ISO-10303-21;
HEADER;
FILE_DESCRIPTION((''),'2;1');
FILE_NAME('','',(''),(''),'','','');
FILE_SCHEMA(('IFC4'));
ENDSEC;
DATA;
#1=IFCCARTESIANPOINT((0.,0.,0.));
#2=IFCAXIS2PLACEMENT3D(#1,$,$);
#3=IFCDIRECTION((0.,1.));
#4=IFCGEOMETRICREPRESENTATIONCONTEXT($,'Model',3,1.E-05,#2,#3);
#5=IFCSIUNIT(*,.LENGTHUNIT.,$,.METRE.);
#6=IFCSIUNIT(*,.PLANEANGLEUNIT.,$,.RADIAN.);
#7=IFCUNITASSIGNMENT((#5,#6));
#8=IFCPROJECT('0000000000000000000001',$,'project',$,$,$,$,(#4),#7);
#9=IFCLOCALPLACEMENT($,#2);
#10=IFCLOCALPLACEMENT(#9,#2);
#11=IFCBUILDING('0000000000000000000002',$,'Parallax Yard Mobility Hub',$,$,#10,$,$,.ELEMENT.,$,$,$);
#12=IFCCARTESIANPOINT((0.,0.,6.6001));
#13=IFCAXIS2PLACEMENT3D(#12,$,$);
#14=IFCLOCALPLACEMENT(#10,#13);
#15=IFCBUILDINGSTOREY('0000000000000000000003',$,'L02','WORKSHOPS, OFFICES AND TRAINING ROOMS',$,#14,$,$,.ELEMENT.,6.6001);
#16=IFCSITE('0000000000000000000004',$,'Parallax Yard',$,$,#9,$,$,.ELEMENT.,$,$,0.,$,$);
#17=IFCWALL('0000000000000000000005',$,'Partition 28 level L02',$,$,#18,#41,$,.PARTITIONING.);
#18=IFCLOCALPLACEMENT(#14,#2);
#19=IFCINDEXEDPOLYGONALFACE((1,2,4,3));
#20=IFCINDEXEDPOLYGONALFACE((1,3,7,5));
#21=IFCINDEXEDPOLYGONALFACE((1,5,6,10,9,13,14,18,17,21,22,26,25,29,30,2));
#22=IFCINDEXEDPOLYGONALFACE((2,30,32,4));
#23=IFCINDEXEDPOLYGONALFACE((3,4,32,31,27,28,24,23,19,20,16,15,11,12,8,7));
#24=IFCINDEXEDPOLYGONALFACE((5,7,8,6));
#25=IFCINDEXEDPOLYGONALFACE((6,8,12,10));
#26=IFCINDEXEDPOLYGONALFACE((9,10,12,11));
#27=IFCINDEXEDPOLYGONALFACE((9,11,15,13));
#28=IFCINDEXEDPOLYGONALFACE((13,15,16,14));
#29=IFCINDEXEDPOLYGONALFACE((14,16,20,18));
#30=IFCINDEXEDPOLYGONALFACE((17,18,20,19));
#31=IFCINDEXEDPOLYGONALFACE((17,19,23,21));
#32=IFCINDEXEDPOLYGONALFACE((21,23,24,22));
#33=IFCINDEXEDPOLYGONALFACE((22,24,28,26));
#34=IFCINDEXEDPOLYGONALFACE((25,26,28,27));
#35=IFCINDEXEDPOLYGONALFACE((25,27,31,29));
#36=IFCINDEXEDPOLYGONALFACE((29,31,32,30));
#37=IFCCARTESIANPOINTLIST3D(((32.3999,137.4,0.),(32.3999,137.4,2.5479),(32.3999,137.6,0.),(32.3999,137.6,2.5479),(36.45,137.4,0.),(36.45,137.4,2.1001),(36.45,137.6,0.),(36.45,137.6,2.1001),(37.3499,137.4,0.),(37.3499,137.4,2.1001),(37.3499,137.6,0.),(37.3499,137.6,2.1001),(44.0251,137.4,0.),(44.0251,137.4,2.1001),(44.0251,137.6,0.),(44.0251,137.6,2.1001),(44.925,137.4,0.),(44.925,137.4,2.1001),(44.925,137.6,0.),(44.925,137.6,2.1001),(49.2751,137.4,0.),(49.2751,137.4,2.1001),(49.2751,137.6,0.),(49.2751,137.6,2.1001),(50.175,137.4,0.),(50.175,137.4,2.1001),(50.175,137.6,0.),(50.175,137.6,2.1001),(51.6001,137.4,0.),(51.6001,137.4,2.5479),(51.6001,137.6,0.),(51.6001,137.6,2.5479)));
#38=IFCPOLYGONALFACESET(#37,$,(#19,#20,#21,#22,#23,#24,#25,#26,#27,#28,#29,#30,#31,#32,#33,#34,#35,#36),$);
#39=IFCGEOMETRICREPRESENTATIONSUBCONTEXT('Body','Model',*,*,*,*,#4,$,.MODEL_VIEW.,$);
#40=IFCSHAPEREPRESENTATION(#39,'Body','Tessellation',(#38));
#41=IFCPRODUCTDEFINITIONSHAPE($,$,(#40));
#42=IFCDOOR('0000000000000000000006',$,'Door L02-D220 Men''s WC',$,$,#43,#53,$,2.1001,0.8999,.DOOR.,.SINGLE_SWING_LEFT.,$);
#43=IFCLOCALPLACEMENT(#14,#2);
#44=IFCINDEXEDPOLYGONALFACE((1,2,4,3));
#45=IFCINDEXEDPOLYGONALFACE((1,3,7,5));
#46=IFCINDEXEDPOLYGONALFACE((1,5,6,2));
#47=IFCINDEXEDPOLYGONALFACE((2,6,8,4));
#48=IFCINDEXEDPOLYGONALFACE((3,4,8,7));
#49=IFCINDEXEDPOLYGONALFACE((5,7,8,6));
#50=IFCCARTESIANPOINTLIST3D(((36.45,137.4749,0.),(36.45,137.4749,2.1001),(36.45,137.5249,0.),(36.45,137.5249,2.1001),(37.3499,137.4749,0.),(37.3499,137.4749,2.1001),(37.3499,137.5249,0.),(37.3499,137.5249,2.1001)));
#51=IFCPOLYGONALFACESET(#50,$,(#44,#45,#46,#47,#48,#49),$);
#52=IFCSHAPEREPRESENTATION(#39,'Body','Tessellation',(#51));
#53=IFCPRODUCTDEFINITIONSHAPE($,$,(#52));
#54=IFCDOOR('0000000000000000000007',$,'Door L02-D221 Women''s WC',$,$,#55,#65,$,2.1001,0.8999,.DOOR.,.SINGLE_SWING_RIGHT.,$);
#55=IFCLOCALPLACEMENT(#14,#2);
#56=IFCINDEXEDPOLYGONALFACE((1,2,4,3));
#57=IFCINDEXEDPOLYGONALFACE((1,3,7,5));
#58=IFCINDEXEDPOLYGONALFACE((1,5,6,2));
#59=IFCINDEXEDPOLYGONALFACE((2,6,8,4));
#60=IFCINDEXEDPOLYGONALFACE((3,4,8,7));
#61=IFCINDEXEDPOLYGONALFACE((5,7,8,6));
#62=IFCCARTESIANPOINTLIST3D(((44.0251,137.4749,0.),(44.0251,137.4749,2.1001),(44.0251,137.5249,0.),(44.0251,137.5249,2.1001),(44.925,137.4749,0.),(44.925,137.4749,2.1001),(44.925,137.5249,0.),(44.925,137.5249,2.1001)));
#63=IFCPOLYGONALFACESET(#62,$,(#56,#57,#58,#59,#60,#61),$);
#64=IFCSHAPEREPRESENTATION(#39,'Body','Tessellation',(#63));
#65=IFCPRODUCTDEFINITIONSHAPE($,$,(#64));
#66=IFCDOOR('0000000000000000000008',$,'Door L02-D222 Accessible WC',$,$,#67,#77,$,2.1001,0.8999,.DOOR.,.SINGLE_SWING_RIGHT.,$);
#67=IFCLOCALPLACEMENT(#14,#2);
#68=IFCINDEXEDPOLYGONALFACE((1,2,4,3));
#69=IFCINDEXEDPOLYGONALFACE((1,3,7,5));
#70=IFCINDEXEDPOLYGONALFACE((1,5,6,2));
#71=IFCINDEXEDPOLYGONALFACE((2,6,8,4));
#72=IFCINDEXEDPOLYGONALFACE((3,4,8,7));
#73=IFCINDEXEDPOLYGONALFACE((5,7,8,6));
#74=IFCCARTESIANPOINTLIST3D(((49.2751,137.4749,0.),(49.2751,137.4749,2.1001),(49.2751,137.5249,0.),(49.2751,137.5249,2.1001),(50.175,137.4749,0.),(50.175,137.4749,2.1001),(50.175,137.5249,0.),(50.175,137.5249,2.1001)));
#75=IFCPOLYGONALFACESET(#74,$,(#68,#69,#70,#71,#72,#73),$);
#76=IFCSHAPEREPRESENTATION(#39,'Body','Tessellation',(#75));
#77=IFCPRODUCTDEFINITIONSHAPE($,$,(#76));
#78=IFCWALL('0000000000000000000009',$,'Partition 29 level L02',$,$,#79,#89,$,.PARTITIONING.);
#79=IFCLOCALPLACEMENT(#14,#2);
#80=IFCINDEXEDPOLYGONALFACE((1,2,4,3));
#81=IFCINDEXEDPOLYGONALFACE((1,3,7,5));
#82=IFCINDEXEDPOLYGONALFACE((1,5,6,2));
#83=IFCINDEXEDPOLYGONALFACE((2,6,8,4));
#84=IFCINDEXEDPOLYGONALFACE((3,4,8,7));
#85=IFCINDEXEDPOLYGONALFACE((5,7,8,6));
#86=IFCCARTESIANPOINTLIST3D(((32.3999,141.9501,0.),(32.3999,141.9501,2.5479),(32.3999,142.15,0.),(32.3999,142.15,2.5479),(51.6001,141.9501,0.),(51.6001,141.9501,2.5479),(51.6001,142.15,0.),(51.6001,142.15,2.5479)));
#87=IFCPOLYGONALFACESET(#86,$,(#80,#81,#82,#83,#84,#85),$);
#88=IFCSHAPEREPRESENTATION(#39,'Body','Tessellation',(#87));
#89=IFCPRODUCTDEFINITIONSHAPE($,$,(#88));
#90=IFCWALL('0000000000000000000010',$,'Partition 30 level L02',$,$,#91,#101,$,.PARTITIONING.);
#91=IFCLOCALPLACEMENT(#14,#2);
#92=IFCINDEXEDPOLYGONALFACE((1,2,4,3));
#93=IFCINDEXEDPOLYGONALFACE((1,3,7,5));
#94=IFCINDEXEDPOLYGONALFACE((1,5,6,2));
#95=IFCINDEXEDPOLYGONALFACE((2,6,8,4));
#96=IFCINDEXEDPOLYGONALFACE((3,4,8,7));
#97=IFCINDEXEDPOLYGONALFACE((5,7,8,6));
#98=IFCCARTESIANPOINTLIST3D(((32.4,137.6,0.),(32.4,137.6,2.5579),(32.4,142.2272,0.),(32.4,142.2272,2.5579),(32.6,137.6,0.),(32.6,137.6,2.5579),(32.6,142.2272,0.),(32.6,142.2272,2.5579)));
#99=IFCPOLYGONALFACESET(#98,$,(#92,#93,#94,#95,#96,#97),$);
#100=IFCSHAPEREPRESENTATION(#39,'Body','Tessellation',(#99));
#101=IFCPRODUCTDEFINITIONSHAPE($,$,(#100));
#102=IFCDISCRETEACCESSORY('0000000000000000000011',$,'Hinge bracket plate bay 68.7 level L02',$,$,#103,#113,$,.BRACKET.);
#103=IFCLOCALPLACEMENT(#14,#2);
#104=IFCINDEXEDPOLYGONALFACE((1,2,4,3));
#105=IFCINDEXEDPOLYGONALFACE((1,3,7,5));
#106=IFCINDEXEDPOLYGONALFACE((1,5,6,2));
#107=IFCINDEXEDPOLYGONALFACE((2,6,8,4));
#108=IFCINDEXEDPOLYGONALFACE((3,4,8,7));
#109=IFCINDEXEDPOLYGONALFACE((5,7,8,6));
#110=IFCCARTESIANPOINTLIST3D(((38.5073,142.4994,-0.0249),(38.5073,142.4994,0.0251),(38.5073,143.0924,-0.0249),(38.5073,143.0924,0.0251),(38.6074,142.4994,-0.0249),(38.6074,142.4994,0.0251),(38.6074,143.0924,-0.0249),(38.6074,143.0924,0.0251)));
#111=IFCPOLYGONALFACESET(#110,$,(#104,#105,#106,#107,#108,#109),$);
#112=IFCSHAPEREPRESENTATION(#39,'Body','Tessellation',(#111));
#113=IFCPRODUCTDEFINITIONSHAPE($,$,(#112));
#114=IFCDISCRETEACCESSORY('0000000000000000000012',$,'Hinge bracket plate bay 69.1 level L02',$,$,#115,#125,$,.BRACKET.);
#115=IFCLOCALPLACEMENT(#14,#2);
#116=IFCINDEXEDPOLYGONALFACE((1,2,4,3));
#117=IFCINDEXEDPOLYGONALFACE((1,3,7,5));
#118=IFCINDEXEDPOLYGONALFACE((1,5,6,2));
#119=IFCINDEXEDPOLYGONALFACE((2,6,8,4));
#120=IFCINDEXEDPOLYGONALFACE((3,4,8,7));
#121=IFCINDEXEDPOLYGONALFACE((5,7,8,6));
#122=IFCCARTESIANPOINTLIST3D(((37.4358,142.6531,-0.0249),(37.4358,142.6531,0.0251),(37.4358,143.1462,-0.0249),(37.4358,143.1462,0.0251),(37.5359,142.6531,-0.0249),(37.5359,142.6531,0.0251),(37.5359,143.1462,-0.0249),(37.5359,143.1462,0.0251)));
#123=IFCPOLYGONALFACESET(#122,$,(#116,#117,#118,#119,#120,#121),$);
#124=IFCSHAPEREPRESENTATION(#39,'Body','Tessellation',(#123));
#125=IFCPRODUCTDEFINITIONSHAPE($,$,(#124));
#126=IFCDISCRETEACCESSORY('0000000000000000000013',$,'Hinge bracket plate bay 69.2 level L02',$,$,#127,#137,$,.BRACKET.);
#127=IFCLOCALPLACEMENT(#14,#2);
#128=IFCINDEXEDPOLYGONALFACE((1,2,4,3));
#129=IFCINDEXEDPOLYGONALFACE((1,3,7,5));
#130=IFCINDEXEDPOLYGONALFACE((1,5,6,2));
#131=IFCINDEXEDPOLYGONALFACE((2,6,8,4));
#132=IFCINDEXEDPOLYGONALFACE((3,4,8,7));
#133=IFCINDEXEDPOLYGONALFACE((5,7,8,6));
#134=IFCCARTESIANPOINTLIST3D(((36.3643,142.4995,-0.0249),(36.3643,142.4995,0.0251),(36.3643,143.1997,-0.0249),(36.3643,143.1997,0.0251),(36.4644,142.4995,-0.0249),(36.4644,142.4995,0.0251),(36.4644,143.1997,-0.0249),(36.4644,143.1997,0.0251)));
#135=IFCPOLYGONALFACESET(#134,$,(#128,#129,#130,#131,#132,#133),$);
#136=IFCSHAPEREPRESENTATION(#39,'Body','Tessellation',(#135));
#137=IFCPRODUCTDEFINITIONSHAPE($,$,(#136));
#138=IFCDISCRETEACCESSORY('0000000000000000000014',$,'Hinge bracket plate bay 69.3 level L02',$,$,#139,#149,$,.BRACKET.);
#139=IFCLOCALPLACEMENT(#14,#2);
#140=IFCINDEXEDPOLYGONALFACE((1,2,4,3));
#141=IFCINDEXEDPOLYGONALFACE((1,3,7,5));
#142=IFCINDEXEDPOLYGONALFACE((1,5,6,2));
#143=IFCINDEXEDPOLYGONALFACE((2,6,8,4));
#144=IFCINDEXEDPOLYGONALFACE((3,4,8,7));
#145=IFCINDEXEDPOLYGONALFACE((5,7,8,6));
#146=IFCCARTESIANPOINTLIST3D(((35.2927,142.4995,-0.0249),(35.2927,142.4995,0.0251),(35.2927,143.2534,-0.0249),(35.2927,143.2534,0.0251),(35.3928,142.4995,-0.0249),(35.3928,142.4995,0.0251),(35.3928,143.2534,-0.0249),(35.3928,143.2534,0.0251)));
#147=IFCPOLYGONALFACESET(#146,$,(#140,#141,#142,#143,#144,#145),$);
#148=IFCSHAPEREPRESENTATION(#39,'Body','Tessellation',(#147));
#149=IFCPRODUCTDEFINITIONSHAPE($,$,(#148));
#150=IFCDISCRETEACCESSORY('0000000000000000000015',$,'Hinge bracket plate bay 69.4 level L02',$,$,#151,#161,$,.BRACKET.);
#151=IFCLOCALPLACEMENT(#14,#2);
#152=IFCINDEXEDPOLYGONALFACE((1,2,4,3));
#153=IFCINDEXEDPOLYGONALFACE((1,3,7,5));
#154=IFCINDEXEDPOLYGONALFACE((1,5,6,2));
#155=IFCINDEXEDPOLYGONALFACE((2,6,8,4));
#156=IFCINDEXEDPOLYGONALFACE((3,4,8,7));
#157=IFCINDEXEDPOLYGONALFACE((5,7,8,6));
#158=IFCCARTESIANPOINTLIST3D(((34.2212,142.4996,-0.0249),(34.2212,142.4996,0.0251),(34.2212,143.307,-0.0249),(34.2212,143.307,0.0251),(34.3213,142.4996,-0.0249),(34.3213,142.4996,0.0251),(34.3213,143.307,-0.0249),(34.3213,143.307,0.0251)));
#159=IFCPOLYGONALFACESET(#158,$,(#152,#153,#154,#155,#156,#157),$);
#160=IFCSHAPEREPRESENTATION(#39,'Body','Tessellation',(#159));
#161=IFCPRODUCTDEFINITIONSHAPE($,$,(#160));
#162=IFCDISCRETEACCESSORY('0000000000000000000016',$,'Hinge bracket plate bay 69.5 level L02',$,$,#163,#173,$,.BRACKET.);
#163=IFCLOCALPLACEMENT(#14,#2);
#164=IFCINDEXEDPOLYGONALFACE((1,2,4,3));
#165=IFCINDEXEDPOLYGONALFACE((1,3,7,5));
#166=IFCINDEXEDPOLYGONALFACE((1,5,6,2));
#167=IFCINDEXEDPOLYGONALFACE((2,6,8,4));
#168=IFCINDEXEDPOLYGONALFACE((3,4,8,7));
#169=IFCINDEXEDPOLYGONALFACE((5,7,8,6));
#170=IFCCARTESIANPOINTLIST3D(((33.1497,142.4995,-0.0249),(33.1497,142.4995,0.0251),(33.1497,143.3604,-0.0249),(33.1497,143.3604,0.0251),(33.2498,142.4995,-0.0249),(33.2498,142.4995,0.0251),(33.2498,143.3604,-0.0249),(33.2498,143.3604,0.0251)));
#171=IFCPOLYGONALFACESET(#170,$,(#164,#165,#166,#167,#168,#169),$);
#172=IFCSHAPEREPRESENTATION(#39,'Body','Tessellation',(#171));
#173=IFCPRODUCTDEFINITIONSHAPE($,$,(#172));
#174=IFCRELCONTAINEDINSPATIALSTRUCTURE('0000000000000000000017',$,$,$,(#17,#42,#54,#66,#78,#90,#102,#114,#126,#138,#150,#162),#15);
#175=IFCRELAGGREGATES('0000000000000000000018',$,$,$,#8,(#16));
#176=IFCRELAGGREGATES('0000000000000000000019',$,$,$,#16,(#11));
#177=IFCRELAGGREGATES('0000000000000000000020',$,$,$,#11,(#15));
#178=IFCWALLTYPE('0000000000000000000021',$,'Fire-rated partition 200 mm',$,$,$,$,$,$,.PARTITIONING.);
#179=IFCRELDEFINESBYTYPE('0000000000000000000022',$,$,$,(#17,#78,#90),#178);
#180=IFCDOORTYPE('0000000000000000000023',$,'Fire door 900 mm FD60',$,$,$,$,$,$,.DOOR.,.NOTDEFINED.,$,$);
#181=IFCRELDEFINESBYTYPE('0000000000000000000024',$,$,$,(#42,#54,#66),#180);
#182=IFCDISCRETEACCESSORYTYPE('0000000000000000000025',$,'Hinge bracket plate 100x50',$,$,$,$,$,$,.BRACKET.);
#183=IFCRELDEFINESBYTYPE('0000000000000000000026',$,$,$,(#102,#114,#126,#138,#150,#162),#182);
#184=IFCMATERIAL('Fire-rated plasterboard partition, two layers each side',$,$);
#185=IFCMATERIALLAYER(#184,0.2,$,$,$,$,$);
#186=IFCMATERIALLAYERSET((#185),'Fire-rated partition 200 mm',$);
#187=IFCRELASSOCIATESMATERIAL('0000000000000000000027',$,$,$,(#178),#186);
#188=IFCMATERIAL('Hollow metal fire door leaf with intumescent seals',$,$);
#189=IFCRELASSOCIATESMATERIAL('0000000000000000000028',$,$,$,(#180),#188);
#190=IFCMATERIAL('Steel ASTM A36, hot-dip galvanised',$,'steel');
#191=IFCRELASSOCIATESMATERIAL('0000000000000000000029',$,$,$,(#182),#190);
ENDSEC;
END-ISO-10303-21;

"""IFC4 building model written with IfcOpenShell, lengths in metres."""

from ifc_helpers import new_model, si_unit, direction, frame, frame_2d, origin, origin_2d, place, context, subcontext, project, spatial, rectangle, extrude, material, layer, layer_set, type_object, element, fill, save


model = new_model("IFC4")

# Units and contexts
model_context = context("Model", 3, precision=1e-05, world=origin(), true_north=direction((0.0, 1.0)))
body_context = subcontext(model_context, "Body", "Model", "MODEL_VIEW")
ifc_project = project(units=[si_unit("LENGTHUNIT", "METRE"), si_unit("PLANEANGLEUNIT", "RADIAN")], contexts=[model_context])

# Site, building, storey
site_placement = place(None, origin())
site = spatial("IfcSite", under=ifc_project, at=site_placement, Name="Parallax Yard", CompositionType="ELEMENT", RefElevation=0.0)
building_placement = place(site_placement, origin())
building = spatial("IfcBuilding", under=site, at=building_placement, Name="Parallax Yard Mobility Hub", CompositionType="ELEMENT")
storey_placement = place(building_placement, frame((0.0, 0.0, 6.6001)))
storey = spatial("IfcBuildingStorey", under=building, at=storey_placement, Name="L02", Description="WORKSHOPS, OFFICES AND TRAINING ROOMS", CompositionType="ELEMENT", Elevation=6.6001)

# Wall, openings, doors
ifc_material_1 = material(Name="Fire-rated plasterboard partition, two layers each side")
ifc_layer_1 = layer(ifc_material_1, 0.2)
ifc_layer_set_1 = layer_set([ifc_layer_1], Name="Fire-rated partition 200 mm")
wall_type_1 = type_object("IfcWallType", Name="Fire-rated partition 200 mm", PredefinedType="PARTITIONING", material=ifc_layer_set_1)
wall_1_placement = place(storey_placement, frame((32.3999, 137.5, 0.0), z_axis=(0.0, 0.0, 1.0), x_axis=(1.0, 0.0, 0.0)))
wall_1 = element("IfcWall", 1, at=wall_1_placement, inside=storey, type_object=wall_type_1, Name="Partition 28 level L02", PredefinedType="PARTITIONING", context=body_context, shape_type="SweptSolid", body=[
    extrude(rectangle(XDim=19.2002, YDim=0.2, at=frame_2d((9.6001, 0.0))), origin(), (0.0, 0.0, 1.0), 2.5479),
])
opening_1_placement = place(wall_1_placement, frame((4.05, 0.0, 0.0)))
opening_1 = element("IfcOpeningElement", 2, at=opening_1_placement, cuts=wall_1, PredefinedType="OPENING", context=body_context, shape_type="SweptSolid", body=[
    extrude(rectangle(XDim=0.8999, YDim=2.1001, at=frame_2d((0.45, 1.05))), frame((0.0, 0.1099, 0.0), z_axis=(0.0, -1.0, 0.0), x_axis=(1.0, 0.0, 0.0)), (0.0, 0.0, 1.0), 0.22),
])
opening_2_placement = place(wall_1_placement, frame((11.6252, 0.0, 0.0)))
opening_2 = element("IfcOpeningElement", 3, at=opening_2_placement, cuts=wall_1, PredefinedType="OPENING", context=body_context, shape_type="SweptSolid", body=[
    extrude(rectangle(XDim=0.8999, YDim=2.1001, at=frame_2d((0.45, 1.05))), frame((0.0, 0.1099, 0.0), z_axis=(0.0, -1.0, 0.0), x_axis=(1.0, 0.0, 0.0)), (0.0, 0.0, 1.0), 0.22),
])
opening_3_placement = place(wall_1_placement, frame((16.8752, 0.0, 0.0)))
opening_3 = element("IfcOpeningElement", 4, at=opening_3_placement, cuts=wall_1, PredefinedType="OPENING", context=body_context, shape_type="SweptSolid", body=[
    extrude(rectangle(XDim=0.8999, YDim=2.1001, at=frame_2d((0.45, 1.05))), frame((0.0, 0.1099, 0.0), z_axis=(0.0, -1.0, 0.0), x_axis=(1.0, 0.0, 0.0)), (0.0, 0.0, 1.0), 0.22),
])
ifc_material_2 = material(Name="Hollow metal fire door leaf with intumescent seals")
door_type = type_object("IfcDoorType", Name="Fire door 900 mm FD60", OperationType="NOTDEFINED", PredefinedType="DOOR", material=ifc_material_2)
door_1_placement = place(opening_1_placement, origin())
door_1 = element("IfcDoor", 5, at=door_1_placement, inside=storey, type_object=door_type, Name="Door L02-D220 Men's WC", OperationType="SINGLE_SWING_LEFT", OverallHeight=2.1001, OverallWidth=0.8999, PredefinedType="DOOR", context=body_context, shape_type="SweptSolid", body=[
    extrude(rectangle(XDim=0.8999, YDim=2.1001, at=frame_2d((0.45, 1.05))), frame((0.0, 0.0249, 0.0), z_axis=(0.0, -1.0, 0.0), x_axis=(1.0, 0.0, 0.0)), (0.0, 0.0, 1.0), 0.05),
])
fill(opening_1, door_1)
door_2_placement = place(opening_2_placement, origin())
door_2 = element("IfcDoor", 6, at=door_2_placement, inside=storey, type_object=door_type, Name="Door L02-D221 Women's WC", OperationType="SINGLE_SWING_RIGHT", OverallHeight=2.1001, OverallWidth=0.8999, PredefinedType="DOOR", context=body_context, shape_type="SweptSolid", body=[
    extrude(rectangle(XDim=0.8999, YDim=2.1001, at=frame_2d((0.45, 1.05))), frame((0.0, 0.0249, 0.0), z_axis=(0.0, -1.0, 0.0), x_axis=(1.0, 0.0, 0.0)), (0.0, 0.0, 1.0), 0.05),
])
fill(opening_2, door_2)
door_3_placement = place(opening_3_placement, origin())
door_3 = element("IfcDoor", 7, at=door_3_placement, inside=storey, type_object=door_type, Name="Door L02-D222 Accessible WC", OperationType="SINGLE_SWING_RIGHT", OverallHeight=2.1001, OverallWidth=0.8999, PredefinedType="DOOR", context=body_context, shape_type="SweptSolid", body=[
    extrude(rectangle(XDim=0.8999, YDim=2.1001, at=frame_2d((0.45, 1.05))), frame((0.0, 0.0249, 0.0), z_axis=(0.0, -1.0, 0.0), x_axis=(1.0, 0.0, 0.0)), (0.0, 0.0, 1.0), 0.05),
])
fill(opening_3, door_3)

# Walls
wall_2_placement = place(storey_placement, frame((32.3999, 142.05, 0.0), z_axis=(0.0, 0.0, 1.0), x_axis=(1.0, 0.0, 0.0)))
element("IfcWall", 8, at=wall_2_placement, inside=storey, type_object=wall_type_1, Name="Partition 29 level L02", PredefinedType="PARTITIONING", context=body_context, shape_type="SweptSolid", body=[
    extrude(rectangle(XDim=19.2002, YDim=0.2, at=frame_2d((9.6001, 0.0))), origin(), (0.0, 0.0, 1.0), 2.5479),
])
wall_3_placement = place(storey_placement, frame((32.5, 137.6001, 0.0), z_axis=(0.0, 0.0, 1.0), x_axis=(0.0, 1.0, 0.0)))
element("IfcWall", 9, at=wall_3_placement, inside=storey, type_object=wall_type_1, Name="Partition 30 level L02", PredefinedType="PARTITIONING", context=body_context, shape_type="SweptSolid", body=[
    extrude(rectangle(XDim=4.6272, YDim=0.2, at=frame_2d((2.3135, 0.0))), origin(), (0.0, 0.0, 1.0), 2.5579),
])

# Discrete accessories
ifc_material_3 = material(Name="Steel ASTM A36, hot-dip galvanised", Category="steel")
discrete_accessory_type_1 = type_object("IfcDiscreteAccessoryType", Name="Hinge bracket plate 100x50", PredefinedType="BRACKET", material=ifc_material_3)
discrete_accessory_1_placement = place(storey_placement, frame((38.5574, 142.7959, -0.0249), z_axis=(0.0, 0.0, 1.0), x_axis=(0.0, 1.0, 0.0)))
element("IfcDiscreteAccessory", 10, at=discrete_accessory_1_placement, inside=storey, type_object=discrete_accessory_type_1, Name="Hinge bracket plate bay 68.7 level L02", PredefinedType="BRACKET", context=body_context, shape_type="SweptSolid", body=[
    extrude(rectangle(XDim=0.593, YDim=0.1001, at=origin_2d()), origin(), (0.0, 0.0, 1.0), 0.05),
])
discrete_accessory_2_placement = place(storey_placement, frame((37.4858, 142.8997, -0.0249), z_axis=(0.0, 0.0, 1.0), x_axis=(0.0, 1.0, 0.0)))
element("IfcDiscreteAccessory", 11, at=discrete_accessory_2_placement, inside=storey, type_object=discrete_accessory_type_1, Name="Hinge bracket plate bay 69.1 level L02", PredefinedType="BRACKET", context=body_context, shape_type="SweptSolid", body=[
    extrude(rectangle(XDim=0.4932, YDim=0.1001, at=origin_2d()), origin(), (0.0, 0.0, 1.0), 0.05),
])
discrete_accessory_3_placement = place(storey_placement, frame((36.4143, 142.8496, -0.0249), z_axis=(0.0, 0.0, 1.0), x_axis=(0.0, 1.0, 0.0)))
element("IfcDiscreteAccessory", 12, at=discrete_accessory_3_placement, inside=storey, type_object=discrete_accessory_type_1, Name="Hinge bracket plate bay 69.2 level L02", PredefinedType="BRACKET", context=body_context, shape_type="SweptSolid", body=[
    extrude(rectangle(XDim=0.7002, YDim=0.1001, at=origin_2d()), origin(), (0.0, 0.0, 1.0), 0.05),
])
discrete_accessory_4_placement = place(storey_placement, frame((35.3428, 142.8765, -0.0249), z_axis=(0.0, 0.0, 1.0), x_axis=(0.0, 1.0, 0.0)))
element("IfcDiscreteAccessory", 13, at=discrete_accessory_4_placement, inside=storey, type_object=discrete_accessory_type_1, Name="Hinge bracket plate bay 69.3 level L02", PredefinedType="BRACKET", context=body_context, shape_type="SweptSolid", body=[
    extrude(rectangle(XDim=0.7539, YDim=0.1001, at=origin_2d()), origin(), (0.0, 0.0, 1.0), 0.05),
])
discrete_accessory_5_placement = place(storey_placement, frame((34.2712, 142.9033, -0.0249), z_axis=(0.0, 0.0, 1.0), x_axis=(0.0, 1.0, 0.0)))
element("IfcDiscreteAccessory", 14, at=discrete_accessory_5_placement, inside=storey, type_object=discrete_accessory_type_1, Name="Hinge bracket plate bay 69.4 level L02", PredefinedType="BRACKET", context=body_context, shape_type="SweptSolid", body=[
    extrude(rectangle(XDim=0.8074, YDim=0.1001, at=origin_2d()), origin(), (0.0, 0.0, 1.0), 0.05),
])
discrete_accessory_6_placement = place(storey_placement, frame((33.1997, 142.9299, -0.0249), z_axis=(0.0, 0.0, 1.0), x_axis=(0.0, 1.0, 0.0)))
element("IfcDiscreteAccessory", 15, at=discrete_accessory_6_placement, inside=storey, type_object=discrete_accessory_type_1, Name="Hinge bracket plate bay 69.5 level L02", PredefinedType="BRACKET", context=body_context, shape_type="SweptSolid", body=[
    extrude(rectangle(XDim=0.8608, YDim=0.1001, at=origin_2d()), origin(), (0.0, 0.0, 1.0), 0.05),
])

save(model, "model.ifc")
